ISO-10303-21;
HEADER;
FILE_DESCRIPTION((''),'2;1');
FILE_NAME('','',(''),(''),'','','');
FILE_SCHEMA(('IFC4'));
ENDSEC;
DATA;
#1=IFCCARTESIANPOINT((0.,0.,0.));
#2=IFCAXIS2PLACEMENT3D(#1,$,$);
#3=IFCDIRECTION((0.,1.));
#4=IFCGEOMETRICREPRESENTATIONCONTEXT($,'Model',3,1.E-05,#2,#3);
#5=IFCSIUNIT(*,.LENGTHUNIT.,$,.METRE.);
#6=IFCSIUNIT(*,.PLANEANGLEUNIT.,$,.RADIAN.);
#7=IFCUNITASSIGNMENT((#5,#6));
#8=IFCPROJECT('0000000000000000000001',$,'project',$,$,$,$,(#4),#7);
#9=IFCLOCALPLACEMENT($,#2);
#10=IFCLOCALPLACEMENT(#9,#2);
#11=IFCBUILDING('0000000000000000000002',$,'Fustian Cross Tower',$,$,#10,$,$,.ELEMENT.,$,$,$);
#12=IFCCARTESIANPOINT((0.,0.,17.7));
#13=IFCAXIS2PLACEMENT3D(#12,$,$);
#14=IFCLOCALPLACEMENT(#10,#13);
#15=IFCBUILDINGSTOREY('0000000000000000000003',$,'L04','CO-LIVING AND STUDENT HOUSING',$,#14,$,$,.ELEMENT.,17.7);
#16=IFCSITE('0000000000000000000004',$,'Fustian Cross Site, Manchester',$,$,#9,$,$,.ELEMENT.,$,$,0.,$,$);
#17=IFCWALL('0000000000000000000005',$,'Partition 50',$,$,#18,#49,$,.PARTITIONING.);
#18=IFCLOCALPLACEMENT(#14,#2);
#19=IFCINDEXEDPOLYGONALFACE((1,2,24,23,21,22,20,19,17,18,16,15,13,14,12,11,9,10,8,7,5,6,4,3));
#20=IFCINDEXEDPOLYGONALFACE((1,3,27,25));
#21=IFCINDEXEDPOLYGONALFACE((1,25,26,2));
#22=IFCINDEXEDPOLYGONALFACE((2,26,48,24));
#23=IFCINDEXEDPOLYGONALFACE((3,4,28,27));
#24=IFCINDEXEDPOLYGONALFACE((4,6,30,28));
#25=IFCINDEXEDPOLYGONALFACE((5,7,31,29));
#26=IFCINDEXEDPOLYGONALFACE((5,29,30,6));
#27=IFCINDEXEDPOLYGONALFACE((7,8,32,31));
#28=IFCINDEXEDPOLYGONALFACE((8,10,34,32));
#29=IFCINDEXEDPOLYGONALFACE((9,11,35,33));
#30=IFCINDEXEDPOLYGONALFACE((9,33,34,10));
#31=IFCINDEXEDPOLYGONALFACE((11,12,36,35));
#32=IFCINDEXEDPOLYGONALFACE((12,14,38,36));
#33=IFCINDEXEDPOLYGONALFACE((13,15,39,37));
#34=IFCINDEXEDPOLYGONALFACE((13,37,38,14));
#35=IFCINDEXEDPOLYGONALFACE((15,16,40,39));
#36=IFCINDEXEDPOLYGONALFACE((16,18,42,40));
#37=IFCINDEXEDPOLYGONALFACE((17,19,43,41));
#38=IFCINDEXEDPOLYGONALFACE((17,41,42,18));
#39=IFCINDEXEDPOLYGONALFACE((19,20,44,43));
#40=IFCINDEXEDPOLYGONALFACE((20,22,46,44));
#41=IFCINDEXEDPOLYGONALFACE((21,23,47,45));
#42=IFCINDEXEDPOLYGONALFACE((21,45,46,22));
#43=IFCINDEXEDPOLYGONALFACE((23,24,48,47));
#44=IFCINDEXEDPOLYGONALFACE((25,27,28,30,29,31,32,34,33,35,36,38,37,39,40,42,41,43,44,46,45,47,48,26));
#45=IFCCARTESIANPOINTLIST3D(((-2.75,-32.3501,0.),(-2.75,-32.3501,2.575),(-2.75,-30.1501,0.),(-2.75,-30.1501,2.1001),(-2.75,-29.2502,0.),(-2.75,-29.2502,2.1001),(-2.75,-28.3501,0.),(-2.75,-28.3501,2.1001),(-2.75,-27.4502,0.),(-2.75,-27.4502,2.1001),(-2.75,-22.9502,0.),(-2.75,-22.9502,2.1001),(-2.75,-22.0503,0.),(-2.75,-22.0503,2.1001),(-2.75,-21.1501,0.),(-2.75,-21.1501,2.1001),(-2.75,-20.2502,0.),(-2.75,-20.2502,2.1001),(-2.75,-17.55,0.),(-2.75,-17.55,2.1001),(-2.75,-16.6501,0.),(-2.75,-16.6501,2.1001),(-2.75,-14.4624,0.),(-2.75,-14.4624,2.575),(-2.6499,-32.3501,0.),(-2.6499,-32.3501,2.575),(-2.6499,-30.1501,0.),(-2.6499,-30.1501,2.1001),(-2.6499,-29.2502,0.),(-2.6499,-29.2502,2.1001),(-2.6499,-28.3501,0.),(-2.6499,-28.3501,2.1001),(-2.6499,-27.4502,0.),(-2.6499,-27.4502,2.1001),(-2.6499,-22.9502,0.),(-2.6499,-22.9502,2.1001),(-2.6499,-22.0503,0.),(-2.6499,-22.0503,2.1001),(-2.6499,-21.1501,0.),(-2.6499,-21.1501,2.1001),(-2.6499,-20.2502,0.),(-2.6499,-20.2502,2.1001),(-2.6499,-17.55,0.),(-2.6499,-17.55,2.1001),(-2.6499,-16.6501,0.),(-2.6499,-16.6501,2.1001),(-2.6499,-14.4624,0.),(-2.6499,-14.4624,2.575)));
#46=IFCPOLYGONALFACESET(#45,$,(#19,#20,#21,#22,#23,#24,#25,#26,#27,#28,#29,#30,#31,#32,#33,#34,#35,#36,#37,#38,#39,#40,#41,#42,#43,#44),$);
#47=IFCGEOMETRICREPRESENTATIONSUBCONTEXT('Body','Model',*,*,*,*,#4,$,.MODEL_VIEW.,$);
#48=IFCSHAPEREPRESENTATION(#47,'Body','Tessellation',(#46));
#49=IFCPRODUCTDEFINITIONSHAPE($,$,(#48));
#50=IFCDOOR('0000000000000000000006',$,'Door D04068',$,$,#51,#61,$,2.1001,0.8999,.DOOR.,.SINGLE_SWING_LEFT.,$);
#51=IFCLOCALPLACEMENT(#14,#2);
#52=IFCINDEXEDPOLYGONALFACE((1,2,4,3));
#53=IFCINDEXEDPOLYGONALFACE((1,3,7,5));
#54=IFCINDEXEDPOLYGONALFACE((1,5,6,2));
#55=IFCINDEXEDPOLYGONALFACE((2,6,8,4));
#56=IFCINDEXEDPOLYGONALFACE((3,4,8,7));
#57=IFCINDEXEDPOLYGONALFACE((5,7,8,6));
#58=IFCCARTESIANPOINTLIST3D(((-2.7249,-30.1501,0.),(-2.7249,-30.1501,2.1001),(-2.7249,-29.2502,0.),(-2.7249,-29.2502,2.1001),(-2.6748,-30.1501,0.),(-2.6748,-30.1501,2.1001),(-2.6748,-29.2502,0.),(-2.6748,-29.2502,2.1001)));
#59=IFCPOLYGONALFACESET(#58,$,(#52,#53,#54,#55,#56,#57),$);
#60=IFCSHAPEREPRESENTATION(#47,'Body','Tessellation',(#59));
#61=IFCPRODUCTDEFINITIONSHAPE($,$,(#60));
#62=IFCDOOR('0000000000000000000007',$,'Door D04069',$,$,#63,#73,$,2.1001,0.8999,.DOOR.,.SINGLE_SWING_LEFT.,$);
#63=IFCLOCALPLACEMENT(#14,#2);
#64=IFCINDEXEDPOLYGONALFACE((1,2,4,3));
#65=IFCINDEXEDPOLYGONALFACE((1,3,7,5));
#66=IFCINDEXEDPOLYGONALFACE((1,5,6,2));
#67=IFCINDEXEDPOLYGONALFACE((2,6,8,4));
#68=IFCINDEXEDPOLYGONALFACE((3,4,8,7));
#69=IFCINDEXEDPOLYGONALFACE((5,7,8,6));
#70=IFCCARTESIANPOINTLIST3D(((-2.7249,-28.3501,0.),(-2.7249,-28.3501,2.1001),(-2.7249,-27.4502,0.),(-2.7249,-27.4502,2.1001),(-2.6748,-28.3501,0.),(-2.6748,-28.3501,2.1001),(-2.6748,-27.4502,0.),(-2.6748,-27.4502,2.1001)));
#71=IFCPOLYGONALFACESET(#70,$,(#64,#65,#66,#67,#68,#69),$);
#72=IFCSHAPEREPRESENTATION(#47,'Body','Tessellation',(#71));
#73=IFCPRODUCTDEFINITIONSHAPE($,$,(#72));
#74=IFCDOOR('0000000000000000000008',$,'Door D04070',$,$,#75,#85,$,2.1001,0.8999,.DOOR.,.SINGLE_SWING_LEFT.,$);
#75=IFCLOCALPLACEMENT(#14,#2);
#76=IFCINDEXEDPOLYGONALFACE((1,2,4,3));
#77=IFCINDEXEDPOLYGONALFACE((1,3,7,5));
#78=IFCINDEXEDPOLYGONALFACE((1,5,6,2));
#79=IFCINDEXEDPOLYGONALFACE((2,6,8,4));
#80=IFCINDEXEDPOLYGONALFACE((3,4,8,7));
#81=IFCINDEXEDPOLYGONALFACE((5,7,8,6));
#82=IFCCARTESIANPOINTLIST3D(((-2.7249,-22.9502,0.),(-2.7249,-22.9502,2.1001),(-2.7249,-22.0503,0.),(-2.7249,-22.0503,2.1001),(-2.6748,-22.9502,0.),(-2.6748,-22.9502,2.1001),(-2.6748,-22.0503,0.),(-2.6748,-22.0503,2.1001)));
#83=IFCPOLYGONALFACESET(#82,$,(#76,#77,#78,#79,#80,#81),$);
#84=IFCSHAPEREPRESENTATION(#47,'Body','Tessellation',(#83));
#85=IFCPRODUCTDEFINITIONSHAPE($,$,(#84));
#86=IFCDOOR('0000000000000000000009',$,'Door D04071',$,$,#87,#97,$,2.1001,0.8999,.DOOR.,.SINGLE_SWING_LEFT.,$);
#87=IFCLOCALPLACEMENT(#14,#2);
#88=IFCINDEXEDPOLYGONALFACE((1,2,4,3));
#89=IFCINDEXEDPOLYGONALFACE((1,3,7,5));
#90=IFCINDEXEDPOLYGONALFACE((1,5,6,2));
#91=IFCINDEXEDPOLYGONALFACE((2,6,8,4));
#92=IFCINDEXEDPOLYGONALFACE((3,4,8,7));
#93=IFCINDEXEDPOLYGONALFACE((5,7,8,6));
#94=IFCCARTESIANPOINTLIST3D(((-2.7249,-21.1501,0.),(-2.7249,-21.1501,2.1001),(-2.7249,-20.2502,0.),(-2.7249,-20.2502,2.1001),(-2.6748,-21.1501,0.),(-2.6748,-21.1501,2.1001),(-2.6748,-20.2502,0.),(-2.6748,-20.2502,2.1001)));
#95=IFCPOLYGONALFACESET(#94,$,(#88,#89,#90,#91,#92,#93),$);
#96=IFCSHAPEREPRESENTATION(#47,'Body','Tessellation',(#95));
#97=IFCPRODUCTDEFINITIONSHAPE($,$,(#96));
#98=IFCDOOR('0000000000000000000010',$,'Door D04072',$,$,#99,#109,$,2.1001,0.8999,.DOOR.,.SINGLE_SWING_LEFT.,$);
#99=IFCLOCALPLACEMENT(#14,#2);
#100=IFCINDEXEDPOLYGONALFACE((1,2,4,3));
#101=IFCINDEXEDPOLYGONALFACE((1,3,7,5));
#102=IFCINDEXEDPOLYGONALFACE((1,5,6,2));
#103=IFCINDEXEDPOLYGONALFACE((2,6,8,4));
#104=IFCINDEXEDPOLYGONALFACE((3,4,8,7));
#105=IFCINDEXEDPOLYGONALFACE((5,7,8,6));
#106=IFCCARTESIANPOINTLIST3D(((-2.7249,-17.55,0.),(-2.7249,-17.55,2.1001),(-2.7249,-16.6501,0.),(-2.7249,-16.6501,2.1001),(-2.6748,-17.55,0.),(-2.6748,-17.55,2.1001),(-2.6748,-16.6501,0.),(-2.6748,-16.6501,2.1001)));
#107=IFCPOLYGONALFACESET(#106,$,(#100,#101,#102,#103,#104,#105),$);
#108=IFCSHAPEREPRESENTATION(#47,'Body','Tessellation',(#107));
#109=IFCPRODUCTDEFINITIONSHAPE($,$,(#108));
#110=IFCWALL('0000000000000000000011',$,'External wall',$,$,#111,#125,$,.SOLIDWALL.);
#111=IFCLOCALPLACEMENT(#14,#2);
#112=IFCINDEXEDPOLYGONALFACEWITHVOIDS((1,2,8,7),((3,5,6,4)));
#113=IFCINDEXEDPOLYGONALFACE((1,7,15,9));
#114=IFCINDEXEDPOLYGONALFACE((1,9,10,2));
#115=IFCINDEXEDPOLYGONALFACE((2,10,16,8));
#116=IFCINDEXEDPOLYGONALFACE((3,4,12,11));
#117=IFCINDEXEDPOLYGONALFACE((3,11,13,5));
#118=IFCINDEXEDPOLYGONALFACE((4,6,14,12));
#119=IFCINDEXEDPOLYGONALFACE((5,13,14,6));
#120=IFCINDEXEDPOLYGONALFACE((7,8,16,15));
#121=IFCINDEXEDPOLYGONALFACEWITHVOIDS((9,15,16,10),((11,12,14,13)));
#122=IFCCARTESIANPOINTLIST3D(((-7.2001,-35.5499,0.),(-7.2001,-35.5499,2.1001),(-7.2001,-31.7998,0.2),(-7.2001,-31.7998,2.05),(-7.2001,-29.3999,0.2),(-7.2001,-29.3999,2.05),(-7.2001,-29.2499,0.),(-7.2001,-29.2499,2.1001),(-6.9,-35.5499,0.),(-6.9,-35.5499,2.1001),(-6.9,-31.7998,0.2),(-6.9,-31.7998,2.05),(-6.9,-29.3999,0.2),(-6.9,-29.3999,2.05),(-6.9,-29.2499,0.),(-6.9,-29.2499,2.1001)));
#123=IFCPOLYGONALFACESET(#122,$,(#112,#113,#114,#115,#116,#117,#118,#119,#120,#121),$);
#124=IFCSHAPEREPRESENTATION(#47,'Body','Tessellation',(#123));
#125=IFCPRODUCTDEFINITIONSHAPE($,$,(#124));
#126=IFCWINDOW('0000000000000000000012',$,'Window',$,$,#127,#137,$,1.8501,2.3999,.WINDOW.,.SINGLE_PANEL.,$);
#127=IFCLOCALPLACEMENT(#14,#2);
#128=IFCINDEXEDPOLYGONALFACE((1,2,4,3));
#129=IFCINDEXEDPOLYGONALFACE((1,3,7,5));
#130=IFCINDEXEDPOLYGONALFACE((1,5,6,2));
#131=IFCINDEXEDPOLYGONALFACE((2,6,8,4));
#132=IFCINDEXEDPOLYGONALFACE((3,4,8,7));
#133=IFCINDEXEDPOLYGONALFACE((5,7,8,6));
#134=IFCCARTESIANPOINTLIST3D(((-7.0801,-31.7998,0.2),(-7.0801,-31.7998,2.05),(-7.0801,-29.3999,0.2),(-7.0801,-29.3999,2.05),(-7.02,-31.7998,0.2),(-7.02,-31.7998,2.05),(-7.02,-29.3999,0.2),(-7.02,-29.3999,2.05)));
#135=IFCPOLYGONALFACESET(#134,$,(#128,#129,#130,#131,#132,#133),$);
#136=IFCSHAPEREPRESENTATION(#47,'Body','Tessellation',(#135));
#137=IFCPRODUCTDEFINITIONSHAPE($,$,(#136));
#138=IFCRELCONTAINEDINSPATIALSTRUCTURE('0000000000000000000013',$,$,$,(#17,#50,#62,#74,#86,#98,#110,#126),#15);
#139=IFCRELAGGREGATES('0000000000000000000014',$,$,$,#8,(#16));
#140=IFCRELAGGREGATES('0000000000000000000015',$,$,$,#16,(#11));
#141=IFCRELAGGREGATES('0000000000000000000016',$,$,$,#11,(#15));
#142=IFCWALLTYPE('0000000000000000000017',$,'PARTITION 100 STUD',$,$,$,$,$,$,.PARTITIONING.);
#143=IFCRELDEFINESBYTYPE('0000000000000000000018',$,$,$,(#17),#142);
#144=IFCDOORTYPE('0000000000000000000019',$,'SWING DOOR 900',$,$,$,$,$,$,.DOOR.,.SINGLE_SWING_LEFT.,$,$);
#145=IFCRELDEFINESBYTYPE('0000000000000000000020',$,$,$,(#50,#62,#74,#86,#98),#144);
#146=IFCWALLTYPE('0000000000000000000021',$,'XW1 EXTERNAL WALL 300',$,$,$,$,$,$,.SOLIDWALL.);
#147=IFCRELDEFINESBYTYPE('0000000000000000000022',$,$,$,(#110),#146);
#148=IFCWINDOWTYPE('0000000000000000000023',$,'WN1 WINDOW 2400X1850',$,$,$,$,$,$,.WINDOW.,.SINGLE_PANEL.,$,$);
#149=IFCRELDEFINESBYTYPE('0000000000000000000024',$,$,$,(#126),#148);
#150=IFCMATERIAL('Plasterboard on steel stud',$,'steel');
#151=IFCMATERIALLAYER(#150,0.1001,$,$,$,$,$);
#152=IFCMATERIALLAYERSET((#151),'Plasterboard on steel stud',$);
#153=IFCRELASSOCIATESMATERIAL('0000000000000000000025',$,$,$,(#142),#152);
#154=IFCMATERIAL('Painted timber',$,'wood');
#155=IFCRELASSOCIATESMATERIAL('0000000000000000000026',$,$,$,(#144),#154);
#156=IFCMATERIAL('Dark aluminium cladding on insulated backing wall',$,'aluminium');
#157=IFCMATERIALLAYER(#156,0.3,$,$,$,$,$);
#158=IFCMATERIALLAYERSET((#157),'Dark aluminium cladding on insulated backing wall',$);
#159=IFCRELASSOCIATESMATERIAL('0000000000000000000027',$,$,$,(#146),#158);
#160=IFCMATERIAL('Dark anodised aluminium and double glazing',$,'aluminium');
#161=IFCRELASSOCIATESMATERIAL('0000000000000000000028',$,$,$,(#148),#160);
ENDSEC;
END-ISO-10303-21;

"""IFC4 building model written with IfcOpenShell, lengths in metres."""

from ifc_helpers import new_model, si_unit, direction, frame, frame_2d, origin, place, context, subcontext, project, spatial, rectangle, extrude, material, layer, layer_set, type_object, element, fill, save


model = new_model("IFC4")

# Units and contexts
model_context = context("Model", 3, precision=1e-05, world=origin(), true_north=direction((0.0, 1.0)))
body_context = subcontext(model_context, "Body", "Model", "MODEL_VIEW")
ifc_project = project(units=[si_unit("LENGTHUNIT", "METRE"), si_unit("PLANEANGLEUNIT", "RADIAN")], contexts=[model_context])

# Site, building, storey
site_placement = place(None, origin())
site = spatial("IfcSite", under=ifc_project, at=site_placement, Name="Fustian Cross Site, Manchester", CompositionType="ELEMENT", RefElevation=0.0)
building_placement = place(site_placement, origin())
building = spatial("IfcBuilding", under=site, at=building_placement, Name="Fustian Cross Tower", CompositionType="ELEMENT")
storey_placement = place(building_placement, frame((0.0, 0.0, 17.7)))
storey = spatial("IfcBuildingStorey", under=building, at=storey_placement, Name="L04", Description="CO-LIVING AND STUDENT HOUSING", CompositionType="ELEMENT", Elevation=17.7)

# Shared definitions
ifc_material_1 = material(Name="Plasterboard on steel stud", Category="steel")
ifc_layer_1 = layer(ifc_material_1, 0.1001)
ifc_layer_set_1 = layer_set([ifc_layer_1], Name="Plasterboard on steel stud")
wall_type_1 = type_object("IfcWallType", Name="PARTITION 100 STUD", PredefinedType="PARTITIONING", material=ifc_layer_set_1)

# Shared definitions
ifc_material_2 = material(Name="Painted timber", Category="wood")
door_type_1 = type_object("IfcDoorType", Name="SWING DOOR 900", OperationType="SINGLE_SWING_LEFT", PredefinedType="DOOR", material=ifc_material_2)

# Wall, openings, doors
wall_1_placement = place(storey_placement, frame((-2.7, -32.3501, 0.0), z_axis=(0.0, 0.0, 1.0), x_axis=(0.0, 1.0, 0.0)))
wall_1 = element("IfcWall", 1, at=wall_1_placement, inside=storey, type_object=wall_type_1, Name="Partition 50", PredefinedType="PARTITIONING", context=body_context, shape_type="SweptSolid", body=[
    extrude(rectangle(XDim=17.8877, YDim=0.1001, at=frame_2d((8.9438, 0.0))), origin(), (0.0, 0.0, 1.0), 2.575),
])
opening_1_placement = place(wall_1_placement, frame((2.2, 0.0, 0.0)))
opening_1 = element("IfcOpeningElement", 2, at=opening_1_placement, cuts=wall_1, PredefinedType="OPENING", context=body_context, shape_type="SweptSolid", body=[
    extrude(rectangle(XDim=0.8999, YDim=2.1001, at=frame_2d((0.45, 1.05))), frame((0.0, 0.0601, 0.0), z_axis=(0.0, -1.0, 0.0), x_axis=(1.0, 0.0, 0.0)), (0.0, 0.0, 1.0), 0.1201),
])
opening_2_placement = place(wall_1_placement, frame((4.0, 0.0, 0.0)))
opening_2 = element("IfcOpeningElement", 3, at=opening_2_placement, cuts=wall_1, PredefinedType="OPENING", context=body_context, shape_type="SweptSolid", body=[
    extrude(rectangle(XDim=0.8999, YDim=2.1001, at=frame_2d((0.45, 1.05))), frame((0.0, 0.0601, 0.0), z_axis=(0.0, -1.0, 0.0), x_axis=(1.0, 0.0, 0.0)), (0.0, 0.0, 1.0), 0.1201),
])
opening_3_placement = place(wall_1_placement, frame((9.3999, 0.0, 0.0)))
opening_3 = element("IfcOpeningElement", 4, at=opening_3_placement, cuts=wall_1, PredefinedType="OPENING", context=body_context, shape_type="SweptSolid", body=[
    extrude(rectangle(XDim=0.8999, YDim=2.1001, at=frame_2d((0.45, 1.05))), frame((0.0, 0.0601, 0.0), z_axis=(0.0, -1.0, 0.0), x_axis=(1.0, 0.0, 0.0)), (0.0, 0.0, 1.0), 0.1201),
])
opening_4_placement = place(wall_1_placement, frame((11.2, 0.0, 0.0)))
opening_4 = element("IfcOpeningElement", 5, at=opening_4_placement, cuts=wall_1, PredefinedType="OPENING", context=body_context, shape_type="SweptSolid", body=[
    extrude(rectangle(XDim=0.8999, YDim=2.1001, at=frame_2d((0.45, 1.05))), frame((0.0, 0.0601, 0.0), z_axis=(0.0, -1.0, 0.0), x_axis=(1.0, 0.0, 0.0)), (0.0, 0.0, 1.0), 0.1201),
])
opening_5_placement = place(wall_1_placement, frame((14.8, 0.0, 0.0)))
opening_5 = element("IfcOpeningElement", 6, at=opening_5_placement, cuts=wall_1, PredefinedType="OPENING", context=body_context, shape_type="SweptSolid", body=[
    extrude(rectangle(XDim=0.8999, YDim=2.1001, at=frame_2d((0.45, 1.05))), frame((0.0, 0.0601, 0.0), z_axis=(0.0, -1.0, 0.0), x_axis=(1.0, 0.0, 0.0)), (0.0, 0.0, 1.0), 0.1201),
])
door_1_placement = place(opening_1_placement, origin())
door_1 = element("IfcDoor", 7, at=door_1_placement, inside=storey, type_object=door_type_1, Name="Door D04068", OperationType="SINGLE_SWING_LEFT", OverallHeight=2.1001, OverallWidth=0.8999, PredefinedType="DOOR", context=body_context, shape_type="SweptSolid", body=[
    extrude(rectangle(XDim=0.8999, YDim=2.1001, at=frame_2d((0.45, 1.05))), frame((0.0, 0.0249, 0.0), z_axis=(0.0, -1.0, 0.0), x_axis=(1.0, 0.0, 0.0)), (0.0, 0.0, 1.0), 0.05),
])
fill(opening_1, door_1)
door_2_placement = place(opening_2_placement, origin())
door_2 = element("IfcDoor", 8, at=door_2_placement, inside=storey, type_object=door_type_1, Name="Door D04069", OperationType="SINGLE_SWING_LEFT", OverallHeight=2.1001, OverallWidth=0.8999, PredefinedType="DOOR", context=body_context, shape_type="SweptSolid", body=[
    extrude(rectangle(XDim=0.8999, YDim=2.1001, at=frame_2d((0.45, 1.05))), frame((0.0, 0.0249, 0.0), z_axis=(0.0, -1.0, 0.0), x_axis=(1.0, 0.0, 0.0)), (0.0, 0.0, 1.0), 0.05),
])
fill(opening_2, door_2)
door_3_placement = place(opening_3_placement, origin())
door_3 = element("IfcDoor", 9, at=door_3_placement, inside=storey, type_object=door_type_1, Name="Door D04070", OperationType="SINGLE_SWING_LEFT", OverallHeight=2.1001, OverallWidth=0.8999, PredefinedType="DOOR", context=body_context, shape_type="SweptSolid", body=[
    extrude(rectangle(XDim=0.8999, YDim=2.1001, at=frame_2d((0.45, 1.05))), frame((0.0, 0.0249, 0.0), z_axis=(0.0, -1.0, 0.0), x_axis=(1.0, 0.0, 0.0)), (0.0, 0.0, 1.0), 0.05),
])
fill(opening_3, door_3)
door_4_placement = place(opening_4_placement, origin())
door_4 = element("IfcDoor", 10, at=door_4_placement, inside=storey, type_object=door_type_1, Name="Door D04071", OperationType="SINGLE_SWING_LEFT", OverallHeight=2.1001, OverallWidth=0.8999, PredefinedType="DOOR", context=body_context, shape_type="SweptSolid", body=[
    extrude(rectangle(XDim=0.8999, YDim=2.1001, at=frame_2d((0.45, 1.05))), frame((0.0, 0.0249, 0.0), z_axis=(0.0, -1.0, 0.0), x_axis=(1.0, 0.0, 0.0)), (0.0, 0.0, 1.0), 0.05),
])
fill(opening_4, door_4)
door_5_placement = place(opening_5_placement, origin())
door_5 = element("IfcDoor", 11, at=door_5_placement, inside=storey, type_object=door_type_1, Name="Door D04072", OperationType="SINGLE_SWING_LEFT", OverallHeight=2.1001, OverallWidth=0.8999, PredefinedType="DOOR", context=body_context, shape_type="SweptSolid", body=[
    extrude(rectangle(XDim=0.8999, YDim=2.1001, at=frame_2d((0.45, 1.05))), frame((0.0, 0.0249, 0.0), z_axis=(0.0, -1.0, 0.0), x_axis=(1.0, 0.0, 0.0)), (0.0, 0.0, 1.0), 0.05),
])
fill(opening_5, door_5)

# Wall, opening, window
ifc_material_3 = material(Name="Dark aluminium cladding on insulated backing wall", Category="aluminium")
ifc_layer_2 = layer(ifc_material_3, 0.3)
ifc_layer_set_2 = layer_set([ifc_layer_2], Name="Dark aluminium cladding on insulated backing wall")
wall_type_2 = type_object("IfcWallType", Name="XW1 EXTERNAL WALL 300", PredefinedType="SOLIDWALL", material=ifc_layer_set_2)
wall_2_placement = place(storey_placement, frame((-7.05, -29.25, 0.0), z_axis=(0.0, 0.0, 1.0), x_axis=(0.0, -1.0, 0.0)))
wall_2 = element("IfcWall", 12, at=wall_2_placement, inside=storey, type_object=wall_type_2, Name="External wall", PredefinedType="SOLIDWALL", context=body_context, shape_type="SweptSolid", body=[
    extrude(rectangle(XDim=6.3, YDim=0.3, at=frame_2d((3.1499, 0.0))), origin(), (0.0, 0.0, 1.0), 2.1001),
])
opening_6_placement = place(wall_2_placement, frame((0.1499, 0.0, 0.2)))
opening_6 = element("IfcOpeningElement", 13, at=opening_6_placement, cuts=wall_2, PredefinedType="OPENING", context=body_context, shape_type="SweptSolid", body=[
    extrude(rectangle(XDim=2.3999, YDim=1.8501, at=frame_2d((1.2, 0.925))), frame((0.0, 0.1599, 0.0), z_axis=(0.0, -1.0, 0.0), x_axis=(1.0, 0.0, 0.0)), (0.0, 0.0, 1.0), 0.3201),
])
ifc_material_4 = material(Name="Dark anodised aluminium and double glazing", Category="aluminium")
window_type = type_object("IfcWindowType", Name="WN1 WINDOW 2400X1850", PartitioningType="SINGLE_PANEL", PredefinedType="WINDOW", material=ifc_material_4)
window_placement = place(opening_6_placement, origin())
window = element("IfcWindow", 14, at=window_placement, inside=storey, type_object=window_type, Name="Window", OverallHeight=1.8501, OverallWidth=2.3999, PartitioningType="SINGLE_PANEL", PredefinedType="WINDOW", context=body_context, shape_type="SweptSolid", body=[
    extrude(rectangle(XDim=2.3999, YDim=1.8501, at=frame_2d((1.2, 0.925))), frame((0.0, 0.03, 0.0), z_axis=(0.0, -1.0, 0.0), x_axis=(1.0, 0.0, 0.0)), (0.0, 0.0, 1.0), 0.0601),
])
fill(opening_6, window)

save(model, "model.ifc")
